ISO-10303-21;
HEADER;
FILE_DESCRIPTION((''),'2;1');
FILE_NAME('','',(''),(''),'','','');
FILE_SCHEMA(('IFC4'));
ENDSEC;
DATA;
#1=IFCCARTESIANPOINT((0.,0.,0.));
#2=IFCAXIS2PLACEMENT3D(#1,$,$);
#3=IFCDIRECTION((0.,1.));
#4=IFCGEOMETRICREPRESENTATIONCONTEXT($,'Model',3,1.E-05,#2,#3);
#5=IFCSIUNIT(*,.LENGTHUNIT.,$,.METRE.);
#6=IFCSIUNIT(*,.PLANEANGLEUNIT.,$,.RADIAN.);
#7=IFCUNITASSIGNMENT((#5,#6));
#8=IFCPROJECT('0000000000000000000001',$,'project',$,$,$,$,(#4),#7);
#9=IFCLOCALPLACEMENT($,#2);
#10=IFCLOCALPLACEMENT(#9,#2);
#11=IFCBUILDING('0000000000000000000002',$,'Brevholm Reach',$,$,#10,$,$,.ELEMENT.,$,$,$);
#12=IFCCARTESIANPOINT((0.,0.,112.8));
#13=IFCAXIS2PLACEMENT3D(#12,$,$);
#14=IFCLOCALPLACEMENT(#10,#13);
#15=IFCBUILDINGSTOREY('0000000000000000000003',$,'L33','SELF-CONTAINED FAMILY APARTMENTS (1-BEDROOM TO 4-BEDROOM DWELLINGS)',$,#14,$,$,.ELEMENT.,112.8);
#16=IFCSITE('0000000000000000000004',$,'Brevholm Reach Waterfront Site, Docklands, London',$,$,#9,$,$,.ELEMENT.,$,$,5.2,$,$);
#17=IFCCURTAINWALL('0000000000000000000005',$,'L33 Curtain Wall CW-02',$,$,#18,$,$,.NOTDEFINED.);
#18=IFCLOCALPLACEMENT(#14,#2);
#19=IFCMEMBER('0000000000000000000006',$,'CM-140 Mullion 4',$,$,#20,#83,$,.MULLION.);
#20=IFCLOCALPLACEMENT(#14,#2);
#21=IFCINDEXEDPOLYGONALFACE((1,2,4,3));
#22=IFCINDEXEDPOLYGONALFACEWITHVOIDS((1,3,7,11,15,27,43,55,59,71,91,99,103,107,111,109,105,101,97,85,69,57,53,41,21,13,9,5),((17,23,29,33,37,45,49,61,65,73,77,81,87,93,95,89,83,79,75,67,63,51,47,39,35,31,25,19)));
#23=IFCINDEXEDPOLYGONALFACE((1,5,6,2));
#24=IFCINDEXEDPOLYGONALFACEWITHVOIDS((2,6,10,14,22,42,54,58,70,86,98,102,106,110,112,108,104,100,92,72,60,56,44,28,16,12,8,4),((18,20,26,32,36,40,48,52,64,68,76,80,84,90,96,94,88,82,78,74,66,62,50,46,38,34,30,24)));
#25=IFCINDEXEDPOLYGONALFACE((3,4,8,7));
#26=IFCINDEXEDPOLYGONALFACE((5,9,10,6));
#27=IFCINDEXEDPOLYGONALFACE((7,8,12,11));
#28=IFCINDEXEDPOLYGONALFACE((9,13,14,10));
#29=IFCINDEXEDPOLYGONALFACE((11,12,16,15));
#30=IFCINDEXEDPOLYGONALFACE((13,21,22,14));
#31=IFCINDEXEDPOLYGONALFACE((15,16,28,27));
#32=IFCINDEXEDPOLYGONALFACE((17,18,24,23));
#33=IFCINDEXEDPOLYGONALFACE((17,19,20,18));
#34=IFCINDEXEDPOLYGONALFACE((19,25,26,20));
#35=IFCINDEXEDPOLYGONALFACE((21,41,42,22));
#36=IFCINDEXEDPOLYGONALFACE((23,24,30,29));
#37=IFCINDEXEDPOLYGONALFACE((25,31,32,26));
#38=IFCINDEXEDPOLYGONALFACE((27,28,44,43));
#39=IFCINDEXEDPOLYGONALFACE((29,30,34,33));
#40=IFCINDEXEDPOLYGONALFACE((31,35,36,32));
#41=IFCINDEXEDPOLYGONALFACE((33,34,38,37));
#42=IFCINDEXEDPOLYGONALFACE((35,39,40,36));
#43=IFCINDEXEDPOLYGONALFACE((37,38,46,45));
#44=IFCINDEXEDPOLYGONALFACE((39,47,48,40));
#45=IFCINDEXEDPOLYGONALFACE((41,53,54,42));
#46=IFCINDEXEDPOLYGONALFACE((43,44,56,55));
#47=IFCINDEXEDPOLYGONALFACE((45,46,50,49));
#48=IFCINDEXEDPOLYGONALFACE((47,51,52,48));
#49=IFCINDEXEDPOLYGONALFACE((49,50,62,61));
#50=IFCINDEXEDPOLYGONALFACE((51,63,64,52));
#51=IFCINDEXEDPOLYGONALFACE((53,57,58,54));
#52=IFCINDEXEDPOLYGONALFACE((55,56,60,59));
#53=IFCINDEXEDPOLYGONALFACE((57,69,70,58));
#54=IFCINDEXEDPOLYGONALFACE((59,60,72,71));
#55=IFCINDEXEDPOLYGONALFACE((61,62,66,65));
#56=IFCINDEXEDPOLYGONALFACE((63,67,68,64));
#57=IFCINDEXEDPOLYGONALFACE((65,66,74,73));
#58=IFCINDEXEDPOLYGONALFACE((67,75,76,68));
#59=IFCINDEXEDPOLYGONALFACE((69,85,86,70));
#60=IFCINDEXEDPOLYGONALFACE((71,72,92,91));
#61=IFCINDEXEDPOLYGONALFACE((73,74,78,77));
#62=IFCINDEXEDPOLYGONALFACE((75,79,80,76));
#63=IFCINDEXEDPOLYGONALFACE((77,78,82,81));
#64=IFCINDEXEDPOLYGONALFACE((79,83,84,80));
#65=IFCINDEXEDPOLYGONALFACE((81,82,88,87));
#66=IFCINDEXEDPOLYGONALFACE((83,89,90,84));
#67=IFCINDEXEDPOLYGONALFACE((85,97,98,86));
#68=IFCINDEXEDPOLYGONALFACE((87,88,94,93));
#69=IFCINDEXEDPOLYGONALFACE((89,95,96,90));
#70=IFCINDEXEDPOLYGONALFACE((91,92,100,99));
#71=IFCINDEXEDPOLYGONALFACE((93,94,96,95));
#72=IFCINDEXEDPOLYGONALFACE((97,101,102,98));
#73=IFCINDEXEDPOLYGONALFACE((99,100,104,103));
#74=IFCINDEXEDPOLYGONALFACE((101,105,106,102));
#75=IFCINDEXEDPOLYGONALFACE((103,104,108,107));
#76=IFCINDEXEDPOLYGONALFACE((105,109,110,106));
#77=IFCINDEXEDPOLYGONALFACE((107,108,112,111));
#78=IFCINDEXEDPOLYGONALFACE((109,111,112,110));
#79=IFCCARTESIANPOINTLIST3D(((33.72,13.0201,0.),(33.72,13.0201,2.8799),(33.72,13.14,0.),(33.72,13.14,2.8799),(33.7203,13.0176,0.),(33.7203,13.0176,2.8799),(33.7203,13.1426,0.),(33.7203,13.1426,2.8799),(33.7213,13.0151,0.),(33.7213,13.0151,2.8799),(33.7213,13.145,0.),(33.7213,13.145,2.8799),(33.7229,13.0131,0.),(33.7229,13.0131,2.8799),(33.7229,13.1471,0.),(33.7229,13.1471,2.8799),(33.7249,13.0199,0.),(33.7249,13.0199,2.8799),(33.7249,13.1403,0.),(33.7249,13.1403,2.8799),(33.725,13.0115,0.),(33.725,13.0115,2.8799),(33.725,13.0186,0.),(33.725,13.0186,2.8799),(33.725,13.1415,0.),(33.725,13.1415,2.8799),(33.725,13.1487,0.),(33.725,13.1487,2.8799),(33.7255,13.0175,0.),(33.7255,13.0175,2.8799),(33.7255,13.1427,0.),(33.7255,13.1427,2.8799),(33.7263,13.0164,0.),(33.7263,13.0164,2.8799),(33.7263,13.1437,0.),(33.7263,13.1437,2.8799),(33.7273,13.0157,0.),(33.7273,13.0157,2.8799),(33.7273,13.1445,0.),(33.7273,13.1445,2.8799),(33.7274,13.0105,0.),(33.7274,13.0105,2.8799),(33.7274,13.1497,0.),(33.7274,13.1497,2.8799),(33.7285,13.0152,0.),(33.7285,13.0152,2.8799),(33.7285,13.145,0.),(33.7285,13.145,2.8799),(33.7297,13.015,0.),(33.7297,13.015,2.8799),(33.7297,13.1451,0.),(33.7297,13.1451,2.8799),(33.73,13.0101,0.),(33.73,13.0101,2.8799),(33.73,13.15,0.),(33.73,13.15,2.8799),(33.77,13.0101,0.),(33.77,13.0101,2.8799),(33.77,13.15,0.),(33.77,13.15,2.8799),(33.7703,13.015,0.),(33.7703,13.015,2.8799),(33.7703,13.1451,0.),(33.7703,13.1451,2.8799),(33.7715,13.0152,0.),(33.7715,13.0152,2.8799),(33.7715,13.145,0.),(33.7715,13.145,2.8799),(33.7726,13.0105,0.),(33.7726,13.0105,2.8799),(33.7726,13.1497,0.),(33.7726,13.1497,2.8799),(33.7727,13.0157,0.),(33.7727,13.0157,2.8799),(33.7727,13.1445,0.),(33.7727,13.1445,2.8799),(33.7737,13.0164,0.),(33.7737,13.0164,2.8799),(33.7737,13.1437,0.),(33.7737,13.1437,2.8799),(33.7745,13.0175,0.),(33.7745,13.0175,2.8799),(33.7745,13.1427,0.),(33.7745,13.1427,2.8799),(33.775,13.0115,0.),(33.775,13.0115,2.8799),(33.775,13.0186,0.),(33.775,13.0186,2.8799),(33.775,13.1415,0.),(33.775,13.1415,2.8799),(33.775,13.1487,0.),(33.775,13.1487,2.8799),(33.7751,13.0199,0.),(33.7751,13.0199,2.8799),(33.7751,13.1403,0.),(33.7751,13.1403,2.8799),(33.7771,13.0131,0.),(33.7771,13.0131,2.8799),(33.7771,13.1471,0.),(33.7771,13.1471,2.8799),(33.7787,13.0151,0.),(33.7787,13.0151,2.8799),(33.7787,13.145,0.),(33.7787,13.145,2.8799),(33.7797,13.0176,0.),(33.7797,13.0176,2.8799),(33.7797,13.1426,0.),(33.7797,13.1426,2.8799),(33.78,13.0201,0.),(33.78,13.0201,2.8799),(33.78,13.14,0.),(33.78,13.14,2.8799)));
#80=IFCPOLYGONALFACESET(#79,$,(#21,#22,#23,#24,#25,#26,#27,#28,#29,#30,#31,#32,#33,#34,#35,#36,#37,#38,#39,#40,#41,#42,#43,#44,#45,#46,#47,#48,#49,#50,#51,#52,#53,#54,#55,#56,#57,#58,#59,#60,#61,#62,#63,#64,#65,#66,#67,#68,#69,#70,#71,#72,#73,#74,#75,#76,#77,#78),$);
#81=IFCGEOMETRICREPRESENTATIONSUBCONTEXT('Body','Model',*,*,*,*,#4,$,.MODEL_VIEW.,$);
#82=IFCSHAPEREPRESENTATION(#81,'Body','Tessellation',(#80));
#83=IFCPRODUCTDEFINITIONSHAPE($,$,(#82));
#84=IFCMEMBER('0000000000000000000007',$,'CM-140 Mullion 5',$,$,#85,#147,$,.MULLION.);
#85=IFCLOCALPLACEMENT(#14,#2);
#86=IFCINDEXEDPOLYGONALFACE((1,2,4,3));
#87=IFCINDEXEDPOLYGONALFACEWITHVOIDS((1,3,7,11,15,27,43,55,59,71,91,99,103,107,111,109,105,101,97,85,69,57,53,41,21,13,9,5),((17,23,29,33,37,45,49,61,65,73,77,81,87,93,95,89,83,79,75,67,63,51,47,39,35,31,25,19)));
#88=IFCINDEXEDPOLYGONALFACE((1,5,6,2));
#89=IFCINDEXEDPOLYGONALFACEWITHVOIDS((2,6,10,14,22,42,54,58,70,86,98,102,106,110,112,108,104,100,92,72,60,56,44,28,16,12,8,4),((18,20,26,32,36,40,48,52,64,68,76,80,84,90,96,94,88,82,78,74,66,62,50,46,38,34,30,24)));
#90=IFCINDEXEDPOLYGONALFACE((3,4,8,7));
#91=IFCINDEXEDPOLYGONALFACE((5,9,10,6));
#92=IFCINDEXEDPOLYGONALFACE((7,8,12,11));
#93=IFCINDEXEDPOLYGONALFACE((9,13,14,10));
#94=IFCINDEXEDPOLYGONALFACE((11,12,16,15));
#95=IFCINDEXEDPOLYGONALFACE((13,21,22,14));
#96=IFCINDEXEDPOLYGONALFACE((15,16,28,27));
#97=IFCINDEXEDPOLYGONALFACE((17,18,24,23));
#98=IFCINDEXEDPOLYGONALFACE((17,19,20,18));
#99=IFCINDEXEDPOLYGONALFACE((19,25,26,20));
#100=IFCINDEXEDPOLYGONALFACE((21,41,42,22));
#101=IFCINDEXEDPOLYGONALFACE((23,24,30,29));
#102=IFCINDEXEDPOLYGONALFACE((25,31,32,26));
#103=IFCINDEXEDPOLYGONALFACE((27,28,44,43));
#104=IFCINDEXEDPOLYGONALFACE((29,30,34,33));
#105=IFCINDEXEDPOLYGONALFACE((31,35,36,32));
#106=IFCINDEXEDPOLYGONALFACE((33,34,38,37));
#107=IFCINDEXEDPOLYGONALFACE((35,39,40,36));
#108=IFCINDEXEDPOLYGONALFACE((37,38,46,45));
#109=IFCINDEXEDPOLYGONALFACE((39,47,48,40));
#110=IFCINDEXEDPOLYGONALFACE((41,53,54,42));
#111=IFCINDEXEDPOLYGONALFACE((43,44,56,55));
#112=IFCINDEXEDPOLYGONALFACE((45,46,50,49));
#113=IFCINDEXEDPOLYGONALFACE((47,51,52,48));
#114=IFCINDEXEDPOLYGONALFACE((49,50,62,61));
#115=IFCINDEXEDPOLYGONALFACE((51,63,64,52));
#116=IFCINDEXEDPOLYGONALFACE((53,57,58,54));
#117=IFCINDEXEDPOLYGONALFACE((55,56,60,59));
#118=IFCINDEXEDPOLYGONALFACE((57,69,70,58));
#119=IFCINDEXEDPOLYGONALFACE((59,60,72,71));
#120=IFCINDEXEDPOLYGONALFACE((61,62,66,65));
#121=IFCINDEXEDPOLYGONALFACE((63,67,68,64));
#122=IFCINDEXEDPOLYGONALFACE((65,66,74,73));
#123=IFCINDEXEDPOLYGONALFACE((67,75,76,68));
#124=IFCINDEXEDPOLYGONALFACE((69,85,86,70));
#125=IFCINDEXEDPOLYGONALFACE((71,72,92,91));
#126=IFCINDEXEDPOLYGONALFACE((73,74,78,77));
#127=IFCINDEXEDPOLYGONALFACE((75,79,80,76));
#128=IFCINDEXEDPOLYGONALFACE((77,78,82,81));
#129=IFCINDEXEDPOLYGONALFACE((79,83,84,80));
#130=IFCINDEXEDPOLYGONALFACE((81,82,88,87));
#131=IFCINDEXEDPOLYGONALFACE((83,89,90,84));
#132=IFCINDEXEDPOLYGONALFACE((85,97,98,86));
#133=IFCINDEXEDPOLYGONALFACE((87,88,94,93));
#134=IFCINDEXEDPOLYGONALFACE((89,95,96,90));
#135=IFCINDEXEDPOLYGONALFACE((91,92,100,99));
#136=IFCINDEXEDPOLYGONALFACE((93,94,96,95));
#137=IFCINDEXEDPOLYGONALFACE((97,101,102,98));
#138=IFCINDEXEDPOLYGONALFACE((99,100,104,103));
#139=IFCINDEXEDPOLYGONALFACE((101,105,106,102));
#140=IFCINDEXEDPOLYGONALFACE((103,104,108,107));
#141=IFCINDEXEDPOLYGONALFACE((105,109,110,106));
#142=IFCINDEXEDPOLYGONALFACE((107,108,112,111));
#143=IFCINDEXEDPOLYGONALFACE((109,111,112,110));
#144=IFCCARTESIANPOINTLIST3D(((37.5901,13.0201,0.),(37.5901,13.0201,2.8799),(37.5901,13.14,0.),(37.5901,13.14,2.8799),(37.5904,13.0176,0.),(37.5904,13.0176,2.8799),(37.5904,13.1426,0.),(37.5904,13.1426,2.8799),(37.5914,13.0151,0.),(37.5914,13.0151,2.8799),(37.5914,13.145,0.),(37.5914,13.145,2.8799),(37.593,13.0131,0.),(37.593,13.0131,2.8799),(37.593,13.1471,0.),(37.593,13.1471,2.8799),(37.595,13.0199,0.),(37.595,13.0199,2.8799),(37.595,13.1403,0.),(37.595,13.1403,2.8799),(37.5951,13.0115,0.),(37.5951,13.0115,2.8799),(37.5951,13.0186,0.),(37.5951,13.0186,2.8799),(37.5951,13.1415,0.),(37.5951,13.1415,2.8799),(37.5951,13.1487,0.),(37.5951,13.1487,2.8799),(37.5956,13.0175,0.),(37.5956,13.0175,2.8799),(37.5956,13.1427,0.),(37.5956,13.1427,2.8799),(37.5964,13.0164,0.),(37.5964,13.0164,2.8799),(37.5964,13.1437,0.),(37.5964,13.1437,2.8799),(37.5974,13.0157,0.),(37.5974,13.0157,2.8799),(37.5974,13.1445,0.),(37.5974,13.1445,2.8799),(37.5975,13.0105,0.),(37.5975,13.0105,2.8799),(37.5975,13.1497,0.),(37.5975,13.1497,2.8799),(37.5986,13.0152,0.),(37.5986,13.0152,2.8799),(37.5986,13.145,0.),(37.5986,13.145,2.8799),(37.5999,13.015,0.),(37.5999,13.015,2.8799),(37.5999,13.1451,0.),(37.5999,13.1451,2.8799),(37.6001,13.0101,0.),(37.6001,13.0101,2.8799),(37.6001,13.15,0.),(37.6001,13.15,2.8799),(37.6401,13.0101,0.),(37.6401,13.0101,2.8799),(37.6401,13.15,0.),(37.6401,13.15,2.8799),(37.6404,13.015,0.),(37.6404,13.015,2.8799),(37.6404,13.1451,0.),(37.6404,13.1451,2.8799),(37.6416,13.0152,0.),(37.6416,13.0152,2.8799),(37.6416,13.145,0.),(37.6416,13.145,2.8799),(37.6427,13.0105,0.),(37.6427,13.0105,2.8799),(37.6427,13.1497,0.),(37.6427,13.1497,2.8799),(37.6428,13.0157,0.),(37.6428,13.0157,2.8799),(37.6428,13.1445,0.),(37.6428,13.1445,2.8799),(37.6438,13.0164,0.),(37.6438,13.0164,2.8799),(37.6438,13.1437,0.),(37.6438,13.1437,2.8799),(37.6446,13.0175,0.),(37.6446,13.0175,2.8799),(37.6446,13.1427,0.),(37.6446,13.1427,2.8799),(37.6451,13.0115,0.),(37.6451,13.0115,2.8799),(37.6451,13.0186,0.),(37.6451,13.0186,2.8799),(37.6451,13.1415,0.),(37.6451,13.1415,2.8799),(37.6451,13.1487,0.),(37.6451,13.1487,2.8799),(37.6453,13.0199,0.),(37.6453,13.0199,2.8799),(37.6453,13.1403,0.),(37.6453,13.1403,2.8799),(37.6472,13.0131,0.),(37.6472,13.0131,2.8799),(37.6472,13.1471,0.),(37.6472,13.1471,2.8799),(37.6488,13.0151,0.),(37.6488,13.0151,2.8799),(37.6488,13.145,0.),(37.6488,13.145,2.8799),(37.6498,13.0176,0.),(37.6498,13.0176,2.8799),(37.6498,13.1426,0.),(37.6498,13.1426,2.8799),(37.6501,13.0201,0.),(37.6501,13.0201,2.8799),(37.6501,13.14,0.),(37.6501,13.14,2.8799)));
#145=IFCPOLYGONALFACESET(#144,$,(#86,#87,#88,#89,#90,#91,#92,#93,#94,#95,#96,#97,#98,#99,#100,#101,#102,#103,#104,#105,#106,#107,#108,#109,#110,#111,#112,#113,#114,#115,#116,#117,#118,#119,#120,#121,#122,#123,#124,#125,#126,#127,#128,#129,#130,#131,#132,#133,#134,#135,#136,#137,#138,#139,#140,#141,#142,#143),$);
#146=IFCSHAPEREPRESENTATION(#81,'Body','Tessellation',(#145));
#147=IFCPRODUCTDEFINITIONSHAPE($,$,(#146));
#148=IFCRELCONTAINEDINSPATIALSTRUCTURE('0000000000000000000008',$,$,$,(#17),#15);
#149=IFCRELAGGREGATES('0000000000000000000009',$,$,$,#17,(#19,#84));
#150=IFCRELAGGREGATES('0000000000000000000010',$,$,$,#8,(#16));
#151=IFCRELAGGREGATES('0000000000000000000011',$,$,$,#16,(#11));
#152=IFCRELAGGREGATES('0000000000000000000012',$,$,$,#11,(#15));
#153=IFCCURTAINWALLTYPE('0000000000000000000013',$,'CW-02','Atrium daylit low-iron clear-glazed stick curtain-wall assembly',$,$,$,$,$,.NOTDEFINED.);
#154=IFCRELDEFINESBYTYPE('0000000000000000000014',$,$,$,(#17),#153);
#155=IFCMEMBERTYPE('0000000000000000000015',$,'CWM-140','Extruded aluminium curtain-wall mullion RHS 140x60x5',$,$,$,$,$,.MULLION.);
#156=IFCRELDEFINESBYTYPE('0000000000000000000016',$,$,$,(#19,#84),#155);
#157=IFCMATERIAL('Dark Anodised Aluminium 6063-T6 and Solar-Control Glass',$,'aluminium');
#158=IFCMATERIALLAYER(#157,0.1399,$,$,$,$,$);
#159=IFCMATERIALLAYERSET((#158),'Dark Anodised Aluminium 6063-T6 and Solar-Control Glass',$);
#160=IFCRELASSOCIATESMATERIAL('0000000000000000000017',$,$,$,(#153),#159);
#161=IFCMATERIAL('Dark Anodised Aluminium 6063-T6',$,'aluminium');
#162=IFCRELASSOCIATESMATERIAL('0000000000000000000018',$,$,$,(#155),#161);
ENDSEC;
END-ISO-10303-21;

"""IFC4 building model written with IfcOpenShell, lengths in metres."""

from ifc_helpers import new_model, si_unit, direction, frame, origin, origin_2d, place, context, subcontext, project, spatial, hollow_rectangle, extrude, material, layer, layer_set, material_profile, profile_set, type_object, element, aggregate, save


model = new_model("IFC4")

# Units and contexts
model_context = context("Model", 3, precision=1e-05, world=origin(), true_north=direction((0.0, 1.0)))
body_context = subcontext(model_context, "Body", "Model", "MODEL_VIEW")
ifc_project = project(units=[si_unit("LENGTHUNIT", "METRE"), si_unit("PLANEANGLEUNIT", "RADIAN")], contexts=[model_context])

# Site, building, storey
site_placement = place(None, origin())
site = spatial("IfcSite", under=ifc_project, at=site_placement, Name="Brevholm Reach Waterfront Site, Docklands, London", CompositionType="ELEMENT", RefElevation=5.2)
building_placement = place(site_placement, origin())
building = spatial("IfcBuilding", under=site, at=building_placement, Name="Brevholm Reach", CompositionType="ELEMENT")
storey_placement = place(building_placement, frame((0.0, 0.0, 112.8)))
storey = spatial("IfcBuildingStorey", under=building, at=storey_placement, Name="L33", Description="SELF-CONTAINED FAMILY APARTMENTS (1-BEDROOM TO 4-BEDROOM DWELLINGS)", CompositionType="ELEMENT", Elevation=112.8)

# Curtain wall, members
ifc_material_1 = material(Name="Dark Anodised Aluminium 6063-T6 and Solar-Control Glass", Category="aluminium")
ifc_layer_1 = layer(ifc_material_1, 0.1399)
ifc_layer_set_1 = layer_set([ifc_layer_1], Name="Dark Anodised Aluminium 6063-T6 and Solar-Control Glass")
curtain_wall_type = type_object("IfcCurtainWallType", Name="CW-02", Description="Atrium daylit low-iron clear-glazed stick curtain-wall assembly", PredefinedType="NOTDEFINED", material=ifc_layer_set_1)
curtain_wall_placement = place(storey_placement, origin())
curtain_wall = element("IfcCurtainWall", 1, at=curtain_wall_placement, inside=storey, type_object=curtain_wall_type, Name="L33 Curtain Wall CW-02", PredefinedType="NOTDEFINED")
ifc_material_2 = material(Name="Dark Anodised Aluminium 6063-T6", Category="aluminium")
ifc_material_profile_1 = material_profile(ifc_material_2, hollow_rectangle(XDim=0.0601, YDim=0.1399, WallThickness=0.0049, InnerFilletRadius=0.0049, OuterFilletRadius=0.01, at=origin_2d()), Name="RHS 140x60x5")
ifc_profile_set_1 = profile_set([ifc_material_profile_1], Name="Dark Anodised Aluminium 6063-T6")
member_type_1 = type_object("IfcMemberType", Name="CWM-140", Description="Extruded aluminium curtain-wall mullion RHS 140x60x5", PredefinedType="MULLION", material=ifc_profile_set_1)
member_1_placement = place(storey_placement, frame((33.75, 13.0801, 0.0), z_axis=(0.0, 0.0, 1.0), x_axis=(1.0, 0.0, 0.0)))
member_1 = element("IfcMember", 2, at=member_1_placement, type_object=member_type_1, Name="CM-140 Mullion 4", PredefinedType="MULLION", context=body_context, shape_type="SweptSolid", body=[
    extrude(hollow_rectangle(XDim=0.0601, YDim=0.1399, WallThickness=0.0049, InnerFilletRadius=0.0049, OuterFilletRadius=0.01, at=origin_2d()), origin(), (0.0, 0.0, 1.0), 2.8799),
])
member_2_placement = place(storey_placement, frame((37.6201, 13.0801, 0.0), z_axis=(0.0, 0.0, 1.0), x_axis=(1.0, 0.0, 0.0)))
member_2 = element("IfcMember", 3, at=member_2_placement, type_object=member_type_1, Name="CM-140 Mullion 5", PredefinedType="MULLION", context=body_context, shape_type="SweptSolid", body=[
    extrude(hollow_rectangle(XDim=0.0601, YDim=0.1399, WallThickness=0.0049, InnerFilletRadius=0.0049, OuterFilletRadius=0.01, at=origin_2d()), origin(), (0.0, 0.0, 1.0), 2.8799),
])
aggregate(curtain_wall, [member_1, member_2])

save(model, "model.ifc")
